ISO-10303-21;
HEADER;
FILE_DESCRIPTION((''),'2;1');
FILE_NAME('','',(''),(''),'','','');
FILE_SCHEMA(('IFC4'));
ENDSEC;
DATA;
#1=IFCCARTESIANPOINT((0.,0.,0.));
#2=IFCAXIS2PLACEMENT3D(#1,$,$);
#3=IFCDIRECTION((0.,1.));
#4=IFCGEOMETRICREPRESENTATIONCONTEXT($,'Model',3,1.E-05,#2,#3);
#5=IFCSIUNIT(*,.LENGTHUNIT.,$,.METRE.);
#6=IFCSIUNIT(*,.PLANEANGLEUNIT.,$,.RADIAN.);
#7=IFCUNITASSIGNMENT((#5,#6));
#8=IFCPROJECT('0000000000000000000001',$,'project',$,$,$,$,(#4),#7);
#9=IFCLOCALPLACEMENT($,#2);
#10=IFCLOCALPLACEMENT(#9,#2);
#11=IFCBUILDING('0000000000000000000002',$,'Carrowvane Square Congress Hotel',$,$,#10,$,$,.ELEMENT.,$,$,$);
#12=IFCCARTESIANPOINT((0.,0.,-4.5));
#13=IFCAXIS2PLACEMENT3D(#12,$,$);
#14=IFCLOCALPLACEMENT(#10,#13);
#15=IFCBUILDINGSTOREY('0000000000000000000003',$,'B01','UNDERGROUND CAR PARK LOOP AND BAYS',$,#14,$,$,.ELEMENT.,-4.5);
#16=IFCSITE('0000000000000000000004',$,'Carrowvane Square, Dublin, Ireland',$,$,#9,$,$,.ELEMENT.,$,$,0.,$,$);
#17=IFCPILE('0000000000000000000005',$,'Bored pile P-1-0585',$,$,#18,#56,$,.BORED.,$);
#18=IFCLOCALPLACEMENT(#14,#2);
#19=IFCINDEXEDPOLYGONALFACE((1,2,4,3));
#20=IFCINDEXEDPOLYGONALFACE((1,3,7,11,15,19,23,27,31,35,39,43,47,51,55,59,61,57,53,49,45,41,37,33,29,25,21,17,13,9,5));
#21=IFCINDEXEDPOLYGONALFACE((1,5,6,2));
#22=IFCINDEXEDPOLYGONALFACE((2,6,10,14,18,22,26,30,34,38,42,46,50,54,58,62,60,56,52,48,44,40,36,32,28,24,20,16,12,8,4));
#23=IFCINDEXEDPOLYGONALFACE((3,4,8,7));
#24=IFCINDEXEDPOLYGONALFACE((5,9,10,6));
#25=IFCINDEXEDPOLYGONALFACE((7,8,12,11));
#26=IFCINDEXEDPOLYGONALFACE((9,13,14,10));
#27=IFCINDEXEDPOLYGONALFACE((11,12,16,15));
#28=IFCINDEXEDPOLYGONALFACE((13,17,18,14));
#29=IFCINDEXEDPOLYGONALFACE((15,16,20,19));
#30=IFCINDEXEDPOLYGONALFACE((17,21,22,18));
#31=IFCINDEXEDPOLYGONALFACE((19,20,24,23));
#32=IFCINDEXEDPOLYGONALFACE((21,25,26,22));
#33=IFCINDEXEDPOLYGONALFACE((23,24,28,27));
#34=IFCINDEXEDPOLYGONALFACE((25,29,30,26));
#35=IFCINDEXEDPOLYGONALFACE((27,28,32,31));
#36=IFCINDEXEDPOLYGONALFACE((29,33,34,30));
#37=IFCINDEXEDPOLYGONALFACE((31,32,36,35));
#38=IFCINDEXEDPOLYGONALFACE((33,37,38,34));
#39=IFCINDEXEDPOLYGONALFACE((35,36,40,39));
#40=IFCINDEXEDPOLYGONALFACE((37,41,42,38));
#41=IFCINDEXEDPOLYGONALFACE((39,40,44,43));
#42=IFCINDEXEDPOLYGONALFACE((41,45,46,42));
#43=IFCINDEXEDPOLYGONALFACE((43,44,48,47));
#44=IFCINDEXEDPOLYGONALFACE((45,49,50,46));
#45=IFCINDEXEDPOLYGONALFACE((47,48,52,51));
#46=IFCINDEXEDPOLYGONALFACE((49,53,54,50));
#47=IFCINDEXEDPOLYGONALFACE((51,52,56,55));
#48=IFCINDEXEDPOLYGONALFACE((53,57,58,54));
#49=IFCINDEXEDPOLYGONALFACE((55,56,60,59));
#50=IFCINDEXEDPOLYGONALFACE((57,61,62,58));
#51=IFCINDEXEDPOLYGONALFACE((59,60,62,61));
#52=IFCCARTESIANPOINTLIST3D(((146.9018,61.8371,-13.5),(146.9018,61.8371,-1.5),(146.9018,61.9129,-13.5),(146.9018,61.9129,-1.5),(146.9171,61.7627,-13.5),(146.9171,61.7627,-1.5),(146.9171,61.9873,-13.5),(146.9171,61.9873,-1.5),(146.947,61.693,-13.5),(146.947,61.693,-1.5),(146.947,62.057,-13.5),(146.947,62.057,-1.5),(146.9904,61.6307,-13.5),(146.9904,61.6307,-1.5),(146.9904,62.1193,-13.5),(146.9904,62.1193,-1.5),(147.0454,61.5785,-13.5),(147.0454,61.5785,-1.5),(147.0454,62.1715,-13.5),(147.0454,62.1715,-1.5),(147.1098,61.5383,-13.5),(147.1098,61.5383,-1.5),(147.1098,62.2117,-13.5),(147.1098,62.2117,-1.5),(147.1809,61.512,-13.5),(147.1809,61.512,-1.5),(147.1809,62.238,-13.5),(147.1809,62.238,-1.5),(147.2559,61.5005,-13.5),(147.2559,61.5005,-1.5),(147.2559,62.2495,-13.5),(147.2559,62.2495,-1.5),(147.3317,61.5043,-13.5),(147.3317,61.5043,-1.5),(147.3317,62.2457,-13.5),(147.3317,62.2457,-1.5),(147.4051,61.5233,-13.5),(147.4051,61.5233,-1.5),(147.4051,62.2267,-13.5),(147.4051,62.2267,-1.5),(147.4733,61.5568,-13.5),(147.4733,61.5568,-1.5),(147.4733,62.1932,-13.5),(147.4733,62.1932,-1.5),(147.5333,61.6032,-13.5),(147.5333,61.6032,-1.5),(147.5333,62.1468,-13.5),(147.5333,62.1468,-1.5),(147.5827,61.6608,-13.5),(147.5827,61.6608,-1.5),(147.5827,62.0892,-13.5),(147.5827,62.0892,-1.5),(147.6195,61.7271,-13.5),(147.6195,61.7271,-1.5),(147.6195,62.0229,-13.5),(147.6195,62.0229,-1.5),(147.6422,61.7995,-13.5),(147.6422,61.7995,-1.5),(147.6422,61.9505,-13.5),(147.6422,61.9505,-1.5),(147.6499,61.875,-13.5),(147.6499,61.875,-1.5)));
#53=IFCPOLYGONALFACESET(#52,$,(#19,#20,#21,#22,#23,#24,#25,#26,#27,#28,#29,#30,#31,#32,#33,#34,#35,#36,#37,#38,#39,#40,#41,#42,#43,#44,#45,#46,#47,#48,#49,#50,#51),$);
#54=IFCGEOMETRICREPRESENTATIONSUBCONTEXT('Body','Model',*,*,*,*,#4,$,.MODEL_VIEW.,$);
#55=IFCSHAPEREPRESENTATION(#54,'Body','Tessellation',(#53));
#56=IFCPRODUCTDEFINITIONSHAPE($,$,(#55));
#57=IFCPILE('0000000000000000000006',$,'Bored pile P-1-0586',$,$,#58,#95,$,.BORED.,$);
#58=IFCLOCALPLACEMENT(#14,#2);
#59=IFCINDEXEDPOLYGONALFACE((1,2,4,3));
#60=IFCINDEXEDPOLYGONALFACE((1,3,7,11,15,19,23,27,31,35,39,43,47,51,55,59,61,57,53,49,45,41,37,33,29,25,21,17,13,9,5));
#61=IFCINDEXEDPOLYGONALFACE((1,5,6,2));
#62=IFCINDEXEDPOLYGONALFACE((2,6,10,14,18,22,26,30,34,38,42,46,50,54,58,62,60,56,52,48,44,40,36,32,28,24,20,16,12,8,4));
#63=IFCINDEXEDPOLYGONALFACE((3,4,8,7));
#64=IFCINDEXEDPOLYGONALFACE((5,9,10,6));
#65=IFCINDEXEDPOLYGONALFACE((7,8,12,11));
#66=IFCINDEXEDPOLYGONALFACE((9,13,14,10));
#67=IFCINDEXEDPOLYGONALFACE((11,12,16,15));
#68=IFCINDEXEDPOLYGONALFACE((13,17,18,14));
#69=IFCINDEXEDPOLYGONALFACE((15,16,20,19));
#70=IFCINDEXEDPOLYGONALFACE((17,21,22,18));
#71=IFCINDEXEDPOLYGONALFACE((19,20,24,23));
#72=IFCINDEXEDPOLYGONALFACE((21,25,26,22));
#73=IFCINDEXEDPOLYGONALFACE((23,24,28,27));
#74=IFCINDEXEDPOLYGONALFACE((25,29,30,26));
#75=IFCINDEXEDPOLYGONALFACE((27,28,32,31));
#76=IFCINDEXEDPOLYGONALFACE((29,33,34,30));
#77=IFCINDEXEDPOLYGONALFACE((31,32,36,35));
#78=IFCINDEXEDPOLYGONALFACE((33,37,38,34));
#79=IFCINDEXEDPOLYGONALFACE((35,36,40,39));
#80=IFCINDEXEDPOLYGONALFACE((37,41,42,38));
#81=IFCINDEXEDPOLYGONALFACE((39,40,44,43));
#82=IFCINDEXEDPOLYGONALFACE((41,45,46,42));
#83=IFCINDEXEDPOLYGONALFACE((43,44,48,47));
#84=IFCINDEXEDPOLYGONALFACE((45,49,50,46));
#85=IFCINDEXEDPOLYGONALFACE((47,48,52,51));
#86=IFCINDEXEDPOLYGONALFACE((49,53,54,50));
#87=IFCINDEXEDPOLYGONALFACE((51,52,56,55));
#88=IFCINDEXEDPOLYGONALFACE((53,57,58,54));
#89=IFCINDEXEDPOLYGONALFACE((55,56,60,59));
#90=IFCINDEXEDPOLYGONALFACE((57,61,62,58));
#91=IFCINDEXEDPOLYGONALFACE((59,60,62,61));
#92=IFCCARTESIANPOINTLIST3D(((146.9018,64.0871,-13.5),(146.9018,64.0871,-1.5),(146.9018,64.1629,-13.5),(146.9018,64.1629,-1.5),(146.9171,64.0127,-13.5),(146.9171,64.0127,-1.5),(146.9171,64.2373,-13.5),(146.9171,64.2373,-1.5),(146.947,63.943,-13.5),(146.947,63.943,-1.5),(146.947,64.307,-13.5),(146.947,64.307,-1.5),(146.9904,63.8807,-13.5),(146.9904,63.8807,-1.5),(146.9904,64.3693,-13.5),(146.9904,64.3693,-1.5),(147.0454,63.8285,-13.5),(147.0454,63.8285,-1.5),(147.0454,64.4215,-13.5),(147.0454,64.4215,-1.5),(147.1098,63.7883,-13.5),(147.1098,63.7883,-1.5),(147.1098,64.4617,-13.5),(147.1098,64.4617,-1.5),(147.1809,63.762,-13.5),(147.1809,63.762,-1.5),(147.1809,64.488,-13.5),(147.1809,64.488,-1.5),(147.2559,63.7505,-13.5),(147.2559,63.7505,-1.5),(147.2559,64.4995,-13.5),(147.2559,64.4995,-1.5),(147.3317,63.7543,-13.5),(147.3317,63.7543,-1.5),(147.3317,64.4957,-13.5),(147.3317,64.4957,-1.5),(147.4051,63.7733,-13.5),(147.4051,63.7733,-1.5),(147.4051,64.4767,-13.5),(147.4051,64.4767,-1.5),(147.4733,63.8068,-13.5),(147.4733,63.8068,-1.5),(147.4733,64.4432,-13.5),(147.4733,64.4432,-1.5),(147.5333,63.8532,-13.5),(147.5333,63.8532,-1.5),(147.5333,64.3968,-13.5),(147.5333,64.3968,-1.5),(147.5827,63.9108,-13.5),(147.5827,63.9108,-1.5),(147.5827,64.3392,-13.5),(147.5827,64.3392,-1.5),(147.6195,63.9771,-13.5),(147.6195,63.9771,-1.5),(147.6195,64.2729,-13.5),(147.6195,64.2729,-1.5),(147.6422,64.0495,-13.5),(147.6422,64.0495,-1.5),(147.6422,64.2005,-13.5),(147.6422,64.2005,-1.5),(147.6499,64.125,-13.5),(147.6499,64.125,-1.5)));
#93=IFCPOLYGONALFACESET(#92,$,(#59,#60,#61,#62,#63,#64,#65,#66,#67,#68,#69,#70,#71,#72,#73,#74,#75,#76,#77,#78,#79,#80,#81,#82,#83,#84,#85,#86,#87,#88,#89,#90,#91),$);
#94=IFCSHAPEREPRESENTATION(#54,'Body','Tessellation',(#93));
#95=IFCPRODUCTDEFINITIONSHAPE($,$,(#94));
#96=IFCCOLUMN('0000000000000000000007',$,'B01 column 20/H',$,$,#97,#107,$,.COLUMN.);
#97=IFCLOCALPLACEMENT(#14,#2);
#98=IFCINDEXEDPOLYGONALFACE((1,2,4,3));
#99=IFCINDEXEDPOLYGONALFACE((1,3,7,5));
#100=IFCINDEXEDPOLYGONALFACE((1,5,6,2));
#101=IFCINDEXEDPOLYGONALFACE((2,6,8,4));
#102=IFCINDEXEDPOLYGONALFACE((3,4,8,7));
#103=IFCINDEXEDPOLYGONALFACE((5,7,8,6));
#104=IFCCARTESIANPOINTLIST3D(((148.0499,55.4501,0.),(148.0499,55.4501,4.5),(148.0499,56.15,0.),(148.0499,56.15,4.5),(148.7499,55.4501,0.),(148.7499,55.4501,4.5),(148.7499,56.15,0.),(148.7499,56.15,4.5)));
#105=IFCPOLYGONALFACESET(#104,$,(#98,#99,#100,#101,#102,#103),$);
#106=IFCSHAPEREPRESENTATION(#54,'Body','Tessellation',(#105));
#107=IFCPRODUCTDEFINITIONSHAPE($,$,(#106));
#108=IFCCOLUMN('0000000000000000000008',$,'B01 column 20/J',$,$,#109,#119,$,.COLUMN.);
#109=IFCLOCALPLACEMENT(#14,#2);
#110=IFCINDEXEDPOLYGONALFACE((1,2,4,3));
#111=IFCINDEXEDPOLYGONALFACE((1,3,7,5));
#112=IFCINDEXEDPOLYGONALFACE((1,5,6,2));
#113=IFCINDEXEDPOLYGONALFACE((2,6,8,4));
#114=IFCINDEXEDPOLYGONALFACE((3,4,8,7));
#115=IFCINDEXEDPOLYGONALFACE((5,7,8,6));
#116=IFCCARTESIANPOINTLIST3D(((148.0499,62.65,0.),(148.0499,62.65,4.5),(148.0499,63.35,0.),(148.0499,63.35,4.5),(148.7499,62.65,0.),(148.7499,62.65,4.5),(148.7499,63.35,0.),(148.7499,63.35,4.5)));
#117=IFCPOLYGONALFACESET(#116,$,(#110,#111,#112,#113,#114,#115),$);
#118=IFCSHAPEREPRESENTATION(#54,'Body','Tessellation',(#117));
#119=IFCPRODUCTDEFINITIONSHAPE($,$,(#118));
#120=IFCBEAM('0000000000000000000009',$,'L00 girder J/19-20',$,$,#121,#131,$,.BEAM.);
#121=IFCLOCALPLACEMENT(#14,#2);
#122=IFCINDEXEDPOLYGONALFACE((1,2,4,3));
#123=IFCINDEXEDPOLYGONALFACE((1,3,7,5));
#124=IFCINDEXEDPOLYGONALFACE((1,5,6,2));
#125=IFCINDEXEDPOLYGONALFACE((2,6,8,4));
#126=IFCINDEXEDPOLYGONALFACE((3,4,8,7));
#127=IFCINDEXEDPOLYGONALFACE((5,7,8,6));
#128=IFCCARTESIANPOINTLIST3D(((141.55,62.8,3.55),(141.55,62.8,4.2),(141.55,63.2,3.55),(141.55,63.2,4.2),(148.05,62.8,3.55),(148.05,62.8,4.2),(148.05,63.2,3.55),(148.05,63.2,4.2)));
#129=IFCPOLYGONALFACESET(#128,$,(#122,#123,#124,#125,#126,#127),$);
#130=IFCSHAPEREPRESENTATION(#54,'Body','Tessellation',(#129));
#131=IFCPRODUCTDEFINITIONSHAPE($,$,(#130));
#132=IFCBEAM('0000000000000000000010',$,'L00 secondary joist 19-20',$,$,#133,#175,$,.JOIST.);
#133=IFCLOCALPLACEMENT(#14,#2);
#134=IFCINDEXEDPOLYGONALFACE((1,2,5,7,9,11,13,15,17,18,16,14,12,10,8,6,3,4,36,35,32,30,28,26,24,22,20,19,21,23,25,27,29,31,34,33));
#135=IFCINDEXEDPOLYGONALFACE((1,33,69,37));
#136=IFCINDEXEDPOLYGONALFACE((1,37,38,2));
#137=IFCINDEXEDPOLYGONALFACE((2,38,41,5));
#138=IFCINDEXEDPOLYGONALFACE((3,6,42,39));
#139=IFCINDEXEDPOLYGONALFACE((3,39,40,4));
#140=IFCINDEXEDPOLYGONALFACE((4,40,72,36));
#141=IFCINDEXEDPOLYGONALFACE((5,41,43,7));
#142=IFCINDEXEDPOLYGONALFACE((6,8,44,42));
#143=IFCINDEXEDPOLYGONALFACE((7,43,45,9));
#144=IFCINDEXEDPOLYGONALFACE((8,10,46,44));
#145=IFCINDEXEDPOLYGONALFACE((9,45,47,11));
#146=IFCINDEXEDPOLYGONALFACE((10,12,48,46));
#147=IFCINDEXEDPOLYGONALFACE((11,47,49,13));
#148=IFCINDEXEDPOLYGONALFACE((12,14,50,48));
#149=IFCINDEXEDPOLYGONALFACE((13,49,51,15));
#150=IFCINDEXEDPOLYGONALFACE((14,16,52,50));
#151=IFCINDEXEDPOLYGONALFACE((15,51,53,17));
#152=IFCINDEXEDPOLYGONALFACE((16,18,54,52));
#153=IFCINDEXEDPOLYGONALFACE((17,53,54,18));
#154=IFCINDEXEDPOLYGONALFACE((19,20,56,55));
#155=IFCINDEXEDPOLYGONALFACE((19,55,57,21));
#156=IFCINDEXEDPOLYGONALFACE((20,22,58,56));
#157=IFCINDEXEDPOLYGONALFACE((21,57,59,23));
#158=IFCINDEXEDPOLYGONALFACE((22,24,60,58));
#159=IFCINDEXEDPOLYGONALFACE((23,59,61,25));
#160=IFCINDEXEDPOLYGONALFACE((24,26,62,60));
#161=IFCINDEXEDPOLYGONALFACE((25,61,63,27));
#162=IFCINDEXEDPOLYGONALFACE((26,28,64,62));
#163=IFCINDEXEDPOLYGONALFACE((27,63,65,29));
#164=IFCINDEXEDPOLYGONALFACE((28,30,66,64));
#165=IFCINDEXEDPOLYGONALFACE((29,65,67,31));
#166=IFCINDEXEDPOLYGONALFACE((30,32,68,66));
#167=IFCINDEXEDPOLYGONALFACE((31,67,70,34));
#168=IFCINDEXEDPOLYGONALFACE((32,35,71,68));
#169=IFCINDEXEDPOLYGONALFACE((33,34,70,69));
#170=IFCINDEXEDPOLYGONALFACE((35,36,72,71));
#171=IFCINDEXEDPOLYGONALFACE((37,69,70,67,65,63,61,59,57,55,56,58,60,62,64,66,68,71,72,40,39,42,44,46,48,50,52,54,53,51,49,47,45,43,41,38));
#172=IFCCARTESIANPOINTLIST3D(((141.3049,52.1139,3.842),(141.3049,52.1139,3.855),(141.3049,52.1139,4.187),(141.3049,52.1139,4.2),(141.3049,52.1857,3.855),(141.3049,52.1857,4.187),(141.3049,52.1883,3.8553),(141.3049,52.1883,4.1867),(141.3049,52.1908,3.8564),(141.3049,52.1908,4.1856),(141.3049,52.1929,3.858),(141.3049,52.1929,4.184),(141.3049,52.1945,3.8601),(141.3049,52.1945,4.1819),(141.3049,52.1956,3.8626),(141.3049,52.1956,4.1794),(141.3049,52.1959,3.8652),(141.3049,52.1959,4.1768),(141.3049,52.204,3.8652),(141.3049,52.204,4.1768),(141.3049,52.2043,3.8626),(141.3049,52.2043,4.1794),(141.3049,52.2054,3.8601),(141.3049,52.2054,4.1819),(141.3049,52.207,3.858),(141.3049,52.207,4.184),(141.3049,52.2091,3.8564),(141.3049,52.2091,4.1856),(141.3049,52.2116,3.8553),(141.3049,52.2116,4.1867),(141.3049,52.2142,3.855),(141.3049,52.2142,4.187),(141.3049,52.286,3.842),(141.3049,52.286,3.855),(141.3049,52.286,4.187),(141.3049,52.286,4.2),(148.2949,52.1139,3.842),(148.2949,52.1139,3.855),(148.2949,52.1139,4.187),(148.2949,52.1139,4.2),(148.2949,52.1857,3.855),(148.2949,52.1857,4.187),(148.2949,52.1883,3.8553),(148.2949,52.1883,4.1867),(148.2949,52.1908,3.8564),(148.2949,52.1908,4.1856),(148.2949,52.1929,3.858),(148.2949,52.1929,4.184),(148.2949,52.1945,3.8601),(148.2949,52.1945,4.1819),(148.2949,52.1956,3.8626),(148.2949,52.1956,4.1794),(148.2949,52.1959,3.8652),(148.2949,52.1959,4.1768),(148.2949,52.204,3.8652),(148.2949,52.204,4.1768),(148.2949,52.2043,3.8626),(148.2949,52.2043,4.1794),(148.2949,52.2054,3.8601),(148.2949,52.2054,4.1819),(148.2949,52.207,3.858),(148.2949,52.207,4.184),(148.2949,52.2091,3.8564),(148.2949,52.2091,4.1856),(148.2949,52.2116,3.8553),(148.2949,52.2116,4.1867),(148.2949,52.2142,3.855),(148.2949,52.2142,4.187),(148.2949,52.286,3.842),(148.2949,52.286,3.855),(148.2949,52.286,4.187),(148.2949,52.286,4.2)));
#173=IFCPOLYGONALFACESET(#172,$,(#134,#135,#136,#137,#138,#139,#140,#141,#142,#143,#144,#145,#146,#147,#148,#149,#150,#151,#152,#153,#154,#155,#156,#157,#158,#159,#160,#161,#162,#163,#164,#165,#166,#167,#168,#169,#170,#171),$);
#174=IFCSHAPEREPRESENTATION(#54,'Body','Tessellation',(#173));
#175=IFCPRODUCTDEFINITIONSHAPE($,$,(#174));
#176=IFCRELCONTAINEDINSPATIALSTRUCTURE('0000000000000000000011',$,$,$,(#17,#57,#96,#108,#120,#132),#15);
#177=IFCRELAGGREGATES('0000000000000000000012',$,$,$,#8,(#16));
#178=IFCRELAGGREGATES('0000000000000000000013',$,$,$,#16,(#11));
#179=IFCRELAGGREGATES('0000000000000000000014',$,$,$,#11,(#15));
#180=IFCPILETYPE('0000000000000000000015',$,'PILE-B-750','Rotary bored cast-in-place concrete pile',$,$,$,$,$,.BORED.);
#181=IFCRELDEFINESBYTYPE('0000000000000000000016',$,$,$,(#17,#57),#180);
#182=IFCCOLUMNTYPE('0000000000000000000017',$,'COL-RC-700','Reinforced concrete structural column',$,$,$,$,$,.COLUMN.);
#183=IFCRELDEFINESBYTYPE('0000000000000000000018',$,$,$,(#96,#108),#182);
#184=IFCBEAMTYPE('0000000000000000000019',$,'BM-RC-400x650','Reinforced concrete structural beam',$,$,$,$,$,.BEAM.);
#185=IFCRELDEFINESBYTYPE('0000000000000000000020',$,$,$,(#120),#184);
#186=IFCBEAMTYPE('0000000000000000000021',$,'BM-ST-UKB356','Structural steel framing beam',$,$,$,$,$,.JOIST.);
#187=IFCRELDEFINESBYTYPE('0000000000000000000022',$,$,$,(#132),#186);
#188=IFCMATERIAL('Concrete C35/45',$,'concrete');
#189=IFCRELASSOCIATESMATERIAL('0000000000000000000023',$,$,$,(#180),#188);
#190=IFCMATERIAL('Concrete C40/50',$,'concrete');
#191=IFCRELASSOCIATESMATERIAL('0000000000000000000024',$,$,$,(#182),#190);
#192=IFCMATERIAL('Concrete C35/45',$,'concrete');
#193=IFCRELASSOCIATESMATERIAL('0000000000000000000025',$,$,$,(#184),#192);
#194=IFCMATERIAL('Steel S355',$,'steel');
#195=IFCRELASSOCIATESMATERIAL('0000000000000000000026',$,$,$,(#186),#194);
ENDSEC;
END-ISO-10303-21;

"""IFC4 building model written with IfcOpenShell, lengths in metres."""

from ifc_helpers import new_model, si_unit, direction, frame, origin, origin_2d, place, context, subcontext, project, spatial, rectangle, circle, i_section, extrude, material, material_profile, profile_set, type_object, element, save


model = new_model("IFC4")

# Units and contexts
model_context = context("Model", 3, precision=1e-05, world=origin(), true_north=direction((0.0, 1.0)))
body_context = subcontext(model_context, "Body", "Model", "MODEL_VIEW")
ifc_project = project(units=[si_unit("LENGTHUNIT", "METRE"), si_unit("PLANEANGLEUNIT", "RADIAN")], contexts=[model_context])

# Site, building, storey
site_placement = place(None, origin())
site = spatial("IfcSite", under=ifc_project, at=site_placement, Name="Carrowvane Square, Dublin, Ireland", CompositionType="ELEMENT", RefElevation=0.0)
building_placement = place(site_placement, origin())
building = spatial("IfcBuilding", under=site, at=building_placement, Name="Carrowvane Square Congress Hotel", CompositionType="ELEMENT")
storey_placement = place(building_placement, frame((0.0, 0.0, -4.5)))
storey = spatial("IfcBuildingStorey", under=building, at=storey_placement, Name="B01", Description="UNDERGROUND CAR PARK LOOP AND BAYS", CompositionType="ELEMENT", Elevation=-4.5)

# Piles
ifc_material_1 = material(Name="Concrete C35/45", Category="concrete")
ifc_material_profile_1 = material_profile(ifc_material_1, circle(Radius=0.375, at=origin_2d()), Name="PILE D750")
ifc_profile_set_1 = profile_set([ifc_material_profile_1], Name="Concrete C35/45")
pile_type_1 = type_object("IfcPileType", Name="PILE-B-750", Description="Rotary bored cast-in-place concrete pile", PredefinedType="BORED", material=ifc_profile_set_1)
for number, where, z_axis, x_axis, name in (
    (1, (147.2749, 61.875, -1.5), (0.0, 0.0, -1.0), (1.0, 0.0, 0.0), "Bored pile P-1-0585"),
    (2, (147.2749, 64.125, -1.5), (0.0, 0.0, -1.0), (1.0, 0.0, 0.0), "Bored pile P-1-0586"),
):
    element("IfcPile", number, at=place(storey_placement, frame(where, z_axis=z_axis, x_axis=x_axis)), inside=storey, type_object=pile_type_1, Name=name, PredefinedType="BORED", context=body_context, shape_type="SweptSolid", body=[
        extrude(circle(Radius=0.375, at=origin_2d()), origin(), (0.0, 0.0, 1.0), 12.0),
    ])

# Columns
ifc_material_2 = material(Name="Concrete C40/50", Category="concrete")
ifc_material_profile_2 = material_profile(ifc_material_2, rectangle(XDim=0.7, YDim=0.7, at=origin_2d()), Name="RC 700x700")
ifc_profile_set_2 = profile_set([ifc_material_profile_2], Name="Concrete C40/50")
column_type = type_object("IfcColumnType", Name="COL-RC-700", Description="Reinforced concrete structural column", PredefinedType="COLUMN", material=ifc_profile_set_2)
for number, where, z_axis, x_axis, name in (
    (3, (148.3999, 55.8, 0.0), (0.0, 0.0, 1.0), (1.0, 0.0, 0.0), "B01 column 20/H"),
    (4, (148.3999, 63.0, 0.0), (0.0, 0.0, 1.0), (1.0, 0.0, 0.0), "B01 column 20/J"),
):
    element("IfcColumn", number, at=place(storey_placement, frame(where, z_axis=z_axis, x_axis=x_axis)), inside=storey, type_object=column_type, Name=name, PredefinedType="COLUMN", context=body_context, shape_type="SweptSolid", body=[
        extrude(rectangle(XDim=0.7, YDim=0.7, at=origin_2d()), origin(), (0.0, 0.0, 1.0), 4.5),
    ])

# Beams
ifc_material_3 = material(Name="Concrete C35/45", Category="concrete")
ifc_material_profile_3 = material_profile(ifc_material_3, rectangle(XDim=0.3999, YDim=0.6499, at=origin_2d()), Name="RC 400x650")
ifc_profile_set_3 = profile_set([ifc_material_profile_3], Name="Concrete C35/45")
beam_type_1 = type_object("IfcBeamType", Name="BM-RC-400x650", Description="Reinforced concrete structural beam", PredefinedType="BEAM", material=ifc_profile_set_3)
beam_placement = place(storey_placement, frame((141.55, 63.0, 3.875), z_axis=(1.0, 0.0, 0.0), x_axis=(0.0, 1.0, 0.0)))
element("IfcBeam", 5, at=beam_placement, inside=storey, type_object=beam_type_1, Name="L00 girder J/19-20", PredefinedType="BEAM", context=body_context, shape_type="SweptSolid", body=[
    extrude(rectangle(XDim=0.3999, YDim=0.6499, at=origin_2d()), origin(), (0.0, 0.0, 1.0), 6.5),
])
ifc_material_4 = material(Name="Steel S355", Category="steel")
ifc_material_profile_4 = material_profile(ifc_material_4, i_section(OverallWidth=0.1721, OverallDepth=0.3579, WebThickness=0.0081, FlangeThickness=0.0129, FilletRadius=0.0103, at=origin_2d()), Name="UKB 356x171x57")
ifc_profile_set_4 = profile_set([ifc_material_profile_4], Name="Steel S355")
beam_type_2 = type_object("IfcBeamType", Name="BM-ST-UKB356", Description="Structural steel framing beam", PredefinedType="JOIST", material=ifc_profile_set_4)
for number, where, z_axis, x_axis, name in (
    (6, (141.3049, 52.2, 4.021), (1.0, 0.0, 0.0), (0.0, 1.0, 0.0), "L00 secondary joist 19-20"),
):
    element("IfcBeam", number, at=place(storey_placement, frame(where, z_axis=z_axis, x_axis=x_axis)), inside=storey, type_object=beam_type_2, Name=name, PredefinedType="JOIST", context=body_context, shape_type="SweptSolid", body=[
        extrude(i_section(OverallWidth=0.1721, OverallDepth=0.3579, WebThickness=0.0081, FlangeThickness=0.0129, FilletRadius=0.0103, at=origin_2d()), origin(), (0.0, 0.0, 1.0), 6.99),
    ])

save(model, "model.ifc")
